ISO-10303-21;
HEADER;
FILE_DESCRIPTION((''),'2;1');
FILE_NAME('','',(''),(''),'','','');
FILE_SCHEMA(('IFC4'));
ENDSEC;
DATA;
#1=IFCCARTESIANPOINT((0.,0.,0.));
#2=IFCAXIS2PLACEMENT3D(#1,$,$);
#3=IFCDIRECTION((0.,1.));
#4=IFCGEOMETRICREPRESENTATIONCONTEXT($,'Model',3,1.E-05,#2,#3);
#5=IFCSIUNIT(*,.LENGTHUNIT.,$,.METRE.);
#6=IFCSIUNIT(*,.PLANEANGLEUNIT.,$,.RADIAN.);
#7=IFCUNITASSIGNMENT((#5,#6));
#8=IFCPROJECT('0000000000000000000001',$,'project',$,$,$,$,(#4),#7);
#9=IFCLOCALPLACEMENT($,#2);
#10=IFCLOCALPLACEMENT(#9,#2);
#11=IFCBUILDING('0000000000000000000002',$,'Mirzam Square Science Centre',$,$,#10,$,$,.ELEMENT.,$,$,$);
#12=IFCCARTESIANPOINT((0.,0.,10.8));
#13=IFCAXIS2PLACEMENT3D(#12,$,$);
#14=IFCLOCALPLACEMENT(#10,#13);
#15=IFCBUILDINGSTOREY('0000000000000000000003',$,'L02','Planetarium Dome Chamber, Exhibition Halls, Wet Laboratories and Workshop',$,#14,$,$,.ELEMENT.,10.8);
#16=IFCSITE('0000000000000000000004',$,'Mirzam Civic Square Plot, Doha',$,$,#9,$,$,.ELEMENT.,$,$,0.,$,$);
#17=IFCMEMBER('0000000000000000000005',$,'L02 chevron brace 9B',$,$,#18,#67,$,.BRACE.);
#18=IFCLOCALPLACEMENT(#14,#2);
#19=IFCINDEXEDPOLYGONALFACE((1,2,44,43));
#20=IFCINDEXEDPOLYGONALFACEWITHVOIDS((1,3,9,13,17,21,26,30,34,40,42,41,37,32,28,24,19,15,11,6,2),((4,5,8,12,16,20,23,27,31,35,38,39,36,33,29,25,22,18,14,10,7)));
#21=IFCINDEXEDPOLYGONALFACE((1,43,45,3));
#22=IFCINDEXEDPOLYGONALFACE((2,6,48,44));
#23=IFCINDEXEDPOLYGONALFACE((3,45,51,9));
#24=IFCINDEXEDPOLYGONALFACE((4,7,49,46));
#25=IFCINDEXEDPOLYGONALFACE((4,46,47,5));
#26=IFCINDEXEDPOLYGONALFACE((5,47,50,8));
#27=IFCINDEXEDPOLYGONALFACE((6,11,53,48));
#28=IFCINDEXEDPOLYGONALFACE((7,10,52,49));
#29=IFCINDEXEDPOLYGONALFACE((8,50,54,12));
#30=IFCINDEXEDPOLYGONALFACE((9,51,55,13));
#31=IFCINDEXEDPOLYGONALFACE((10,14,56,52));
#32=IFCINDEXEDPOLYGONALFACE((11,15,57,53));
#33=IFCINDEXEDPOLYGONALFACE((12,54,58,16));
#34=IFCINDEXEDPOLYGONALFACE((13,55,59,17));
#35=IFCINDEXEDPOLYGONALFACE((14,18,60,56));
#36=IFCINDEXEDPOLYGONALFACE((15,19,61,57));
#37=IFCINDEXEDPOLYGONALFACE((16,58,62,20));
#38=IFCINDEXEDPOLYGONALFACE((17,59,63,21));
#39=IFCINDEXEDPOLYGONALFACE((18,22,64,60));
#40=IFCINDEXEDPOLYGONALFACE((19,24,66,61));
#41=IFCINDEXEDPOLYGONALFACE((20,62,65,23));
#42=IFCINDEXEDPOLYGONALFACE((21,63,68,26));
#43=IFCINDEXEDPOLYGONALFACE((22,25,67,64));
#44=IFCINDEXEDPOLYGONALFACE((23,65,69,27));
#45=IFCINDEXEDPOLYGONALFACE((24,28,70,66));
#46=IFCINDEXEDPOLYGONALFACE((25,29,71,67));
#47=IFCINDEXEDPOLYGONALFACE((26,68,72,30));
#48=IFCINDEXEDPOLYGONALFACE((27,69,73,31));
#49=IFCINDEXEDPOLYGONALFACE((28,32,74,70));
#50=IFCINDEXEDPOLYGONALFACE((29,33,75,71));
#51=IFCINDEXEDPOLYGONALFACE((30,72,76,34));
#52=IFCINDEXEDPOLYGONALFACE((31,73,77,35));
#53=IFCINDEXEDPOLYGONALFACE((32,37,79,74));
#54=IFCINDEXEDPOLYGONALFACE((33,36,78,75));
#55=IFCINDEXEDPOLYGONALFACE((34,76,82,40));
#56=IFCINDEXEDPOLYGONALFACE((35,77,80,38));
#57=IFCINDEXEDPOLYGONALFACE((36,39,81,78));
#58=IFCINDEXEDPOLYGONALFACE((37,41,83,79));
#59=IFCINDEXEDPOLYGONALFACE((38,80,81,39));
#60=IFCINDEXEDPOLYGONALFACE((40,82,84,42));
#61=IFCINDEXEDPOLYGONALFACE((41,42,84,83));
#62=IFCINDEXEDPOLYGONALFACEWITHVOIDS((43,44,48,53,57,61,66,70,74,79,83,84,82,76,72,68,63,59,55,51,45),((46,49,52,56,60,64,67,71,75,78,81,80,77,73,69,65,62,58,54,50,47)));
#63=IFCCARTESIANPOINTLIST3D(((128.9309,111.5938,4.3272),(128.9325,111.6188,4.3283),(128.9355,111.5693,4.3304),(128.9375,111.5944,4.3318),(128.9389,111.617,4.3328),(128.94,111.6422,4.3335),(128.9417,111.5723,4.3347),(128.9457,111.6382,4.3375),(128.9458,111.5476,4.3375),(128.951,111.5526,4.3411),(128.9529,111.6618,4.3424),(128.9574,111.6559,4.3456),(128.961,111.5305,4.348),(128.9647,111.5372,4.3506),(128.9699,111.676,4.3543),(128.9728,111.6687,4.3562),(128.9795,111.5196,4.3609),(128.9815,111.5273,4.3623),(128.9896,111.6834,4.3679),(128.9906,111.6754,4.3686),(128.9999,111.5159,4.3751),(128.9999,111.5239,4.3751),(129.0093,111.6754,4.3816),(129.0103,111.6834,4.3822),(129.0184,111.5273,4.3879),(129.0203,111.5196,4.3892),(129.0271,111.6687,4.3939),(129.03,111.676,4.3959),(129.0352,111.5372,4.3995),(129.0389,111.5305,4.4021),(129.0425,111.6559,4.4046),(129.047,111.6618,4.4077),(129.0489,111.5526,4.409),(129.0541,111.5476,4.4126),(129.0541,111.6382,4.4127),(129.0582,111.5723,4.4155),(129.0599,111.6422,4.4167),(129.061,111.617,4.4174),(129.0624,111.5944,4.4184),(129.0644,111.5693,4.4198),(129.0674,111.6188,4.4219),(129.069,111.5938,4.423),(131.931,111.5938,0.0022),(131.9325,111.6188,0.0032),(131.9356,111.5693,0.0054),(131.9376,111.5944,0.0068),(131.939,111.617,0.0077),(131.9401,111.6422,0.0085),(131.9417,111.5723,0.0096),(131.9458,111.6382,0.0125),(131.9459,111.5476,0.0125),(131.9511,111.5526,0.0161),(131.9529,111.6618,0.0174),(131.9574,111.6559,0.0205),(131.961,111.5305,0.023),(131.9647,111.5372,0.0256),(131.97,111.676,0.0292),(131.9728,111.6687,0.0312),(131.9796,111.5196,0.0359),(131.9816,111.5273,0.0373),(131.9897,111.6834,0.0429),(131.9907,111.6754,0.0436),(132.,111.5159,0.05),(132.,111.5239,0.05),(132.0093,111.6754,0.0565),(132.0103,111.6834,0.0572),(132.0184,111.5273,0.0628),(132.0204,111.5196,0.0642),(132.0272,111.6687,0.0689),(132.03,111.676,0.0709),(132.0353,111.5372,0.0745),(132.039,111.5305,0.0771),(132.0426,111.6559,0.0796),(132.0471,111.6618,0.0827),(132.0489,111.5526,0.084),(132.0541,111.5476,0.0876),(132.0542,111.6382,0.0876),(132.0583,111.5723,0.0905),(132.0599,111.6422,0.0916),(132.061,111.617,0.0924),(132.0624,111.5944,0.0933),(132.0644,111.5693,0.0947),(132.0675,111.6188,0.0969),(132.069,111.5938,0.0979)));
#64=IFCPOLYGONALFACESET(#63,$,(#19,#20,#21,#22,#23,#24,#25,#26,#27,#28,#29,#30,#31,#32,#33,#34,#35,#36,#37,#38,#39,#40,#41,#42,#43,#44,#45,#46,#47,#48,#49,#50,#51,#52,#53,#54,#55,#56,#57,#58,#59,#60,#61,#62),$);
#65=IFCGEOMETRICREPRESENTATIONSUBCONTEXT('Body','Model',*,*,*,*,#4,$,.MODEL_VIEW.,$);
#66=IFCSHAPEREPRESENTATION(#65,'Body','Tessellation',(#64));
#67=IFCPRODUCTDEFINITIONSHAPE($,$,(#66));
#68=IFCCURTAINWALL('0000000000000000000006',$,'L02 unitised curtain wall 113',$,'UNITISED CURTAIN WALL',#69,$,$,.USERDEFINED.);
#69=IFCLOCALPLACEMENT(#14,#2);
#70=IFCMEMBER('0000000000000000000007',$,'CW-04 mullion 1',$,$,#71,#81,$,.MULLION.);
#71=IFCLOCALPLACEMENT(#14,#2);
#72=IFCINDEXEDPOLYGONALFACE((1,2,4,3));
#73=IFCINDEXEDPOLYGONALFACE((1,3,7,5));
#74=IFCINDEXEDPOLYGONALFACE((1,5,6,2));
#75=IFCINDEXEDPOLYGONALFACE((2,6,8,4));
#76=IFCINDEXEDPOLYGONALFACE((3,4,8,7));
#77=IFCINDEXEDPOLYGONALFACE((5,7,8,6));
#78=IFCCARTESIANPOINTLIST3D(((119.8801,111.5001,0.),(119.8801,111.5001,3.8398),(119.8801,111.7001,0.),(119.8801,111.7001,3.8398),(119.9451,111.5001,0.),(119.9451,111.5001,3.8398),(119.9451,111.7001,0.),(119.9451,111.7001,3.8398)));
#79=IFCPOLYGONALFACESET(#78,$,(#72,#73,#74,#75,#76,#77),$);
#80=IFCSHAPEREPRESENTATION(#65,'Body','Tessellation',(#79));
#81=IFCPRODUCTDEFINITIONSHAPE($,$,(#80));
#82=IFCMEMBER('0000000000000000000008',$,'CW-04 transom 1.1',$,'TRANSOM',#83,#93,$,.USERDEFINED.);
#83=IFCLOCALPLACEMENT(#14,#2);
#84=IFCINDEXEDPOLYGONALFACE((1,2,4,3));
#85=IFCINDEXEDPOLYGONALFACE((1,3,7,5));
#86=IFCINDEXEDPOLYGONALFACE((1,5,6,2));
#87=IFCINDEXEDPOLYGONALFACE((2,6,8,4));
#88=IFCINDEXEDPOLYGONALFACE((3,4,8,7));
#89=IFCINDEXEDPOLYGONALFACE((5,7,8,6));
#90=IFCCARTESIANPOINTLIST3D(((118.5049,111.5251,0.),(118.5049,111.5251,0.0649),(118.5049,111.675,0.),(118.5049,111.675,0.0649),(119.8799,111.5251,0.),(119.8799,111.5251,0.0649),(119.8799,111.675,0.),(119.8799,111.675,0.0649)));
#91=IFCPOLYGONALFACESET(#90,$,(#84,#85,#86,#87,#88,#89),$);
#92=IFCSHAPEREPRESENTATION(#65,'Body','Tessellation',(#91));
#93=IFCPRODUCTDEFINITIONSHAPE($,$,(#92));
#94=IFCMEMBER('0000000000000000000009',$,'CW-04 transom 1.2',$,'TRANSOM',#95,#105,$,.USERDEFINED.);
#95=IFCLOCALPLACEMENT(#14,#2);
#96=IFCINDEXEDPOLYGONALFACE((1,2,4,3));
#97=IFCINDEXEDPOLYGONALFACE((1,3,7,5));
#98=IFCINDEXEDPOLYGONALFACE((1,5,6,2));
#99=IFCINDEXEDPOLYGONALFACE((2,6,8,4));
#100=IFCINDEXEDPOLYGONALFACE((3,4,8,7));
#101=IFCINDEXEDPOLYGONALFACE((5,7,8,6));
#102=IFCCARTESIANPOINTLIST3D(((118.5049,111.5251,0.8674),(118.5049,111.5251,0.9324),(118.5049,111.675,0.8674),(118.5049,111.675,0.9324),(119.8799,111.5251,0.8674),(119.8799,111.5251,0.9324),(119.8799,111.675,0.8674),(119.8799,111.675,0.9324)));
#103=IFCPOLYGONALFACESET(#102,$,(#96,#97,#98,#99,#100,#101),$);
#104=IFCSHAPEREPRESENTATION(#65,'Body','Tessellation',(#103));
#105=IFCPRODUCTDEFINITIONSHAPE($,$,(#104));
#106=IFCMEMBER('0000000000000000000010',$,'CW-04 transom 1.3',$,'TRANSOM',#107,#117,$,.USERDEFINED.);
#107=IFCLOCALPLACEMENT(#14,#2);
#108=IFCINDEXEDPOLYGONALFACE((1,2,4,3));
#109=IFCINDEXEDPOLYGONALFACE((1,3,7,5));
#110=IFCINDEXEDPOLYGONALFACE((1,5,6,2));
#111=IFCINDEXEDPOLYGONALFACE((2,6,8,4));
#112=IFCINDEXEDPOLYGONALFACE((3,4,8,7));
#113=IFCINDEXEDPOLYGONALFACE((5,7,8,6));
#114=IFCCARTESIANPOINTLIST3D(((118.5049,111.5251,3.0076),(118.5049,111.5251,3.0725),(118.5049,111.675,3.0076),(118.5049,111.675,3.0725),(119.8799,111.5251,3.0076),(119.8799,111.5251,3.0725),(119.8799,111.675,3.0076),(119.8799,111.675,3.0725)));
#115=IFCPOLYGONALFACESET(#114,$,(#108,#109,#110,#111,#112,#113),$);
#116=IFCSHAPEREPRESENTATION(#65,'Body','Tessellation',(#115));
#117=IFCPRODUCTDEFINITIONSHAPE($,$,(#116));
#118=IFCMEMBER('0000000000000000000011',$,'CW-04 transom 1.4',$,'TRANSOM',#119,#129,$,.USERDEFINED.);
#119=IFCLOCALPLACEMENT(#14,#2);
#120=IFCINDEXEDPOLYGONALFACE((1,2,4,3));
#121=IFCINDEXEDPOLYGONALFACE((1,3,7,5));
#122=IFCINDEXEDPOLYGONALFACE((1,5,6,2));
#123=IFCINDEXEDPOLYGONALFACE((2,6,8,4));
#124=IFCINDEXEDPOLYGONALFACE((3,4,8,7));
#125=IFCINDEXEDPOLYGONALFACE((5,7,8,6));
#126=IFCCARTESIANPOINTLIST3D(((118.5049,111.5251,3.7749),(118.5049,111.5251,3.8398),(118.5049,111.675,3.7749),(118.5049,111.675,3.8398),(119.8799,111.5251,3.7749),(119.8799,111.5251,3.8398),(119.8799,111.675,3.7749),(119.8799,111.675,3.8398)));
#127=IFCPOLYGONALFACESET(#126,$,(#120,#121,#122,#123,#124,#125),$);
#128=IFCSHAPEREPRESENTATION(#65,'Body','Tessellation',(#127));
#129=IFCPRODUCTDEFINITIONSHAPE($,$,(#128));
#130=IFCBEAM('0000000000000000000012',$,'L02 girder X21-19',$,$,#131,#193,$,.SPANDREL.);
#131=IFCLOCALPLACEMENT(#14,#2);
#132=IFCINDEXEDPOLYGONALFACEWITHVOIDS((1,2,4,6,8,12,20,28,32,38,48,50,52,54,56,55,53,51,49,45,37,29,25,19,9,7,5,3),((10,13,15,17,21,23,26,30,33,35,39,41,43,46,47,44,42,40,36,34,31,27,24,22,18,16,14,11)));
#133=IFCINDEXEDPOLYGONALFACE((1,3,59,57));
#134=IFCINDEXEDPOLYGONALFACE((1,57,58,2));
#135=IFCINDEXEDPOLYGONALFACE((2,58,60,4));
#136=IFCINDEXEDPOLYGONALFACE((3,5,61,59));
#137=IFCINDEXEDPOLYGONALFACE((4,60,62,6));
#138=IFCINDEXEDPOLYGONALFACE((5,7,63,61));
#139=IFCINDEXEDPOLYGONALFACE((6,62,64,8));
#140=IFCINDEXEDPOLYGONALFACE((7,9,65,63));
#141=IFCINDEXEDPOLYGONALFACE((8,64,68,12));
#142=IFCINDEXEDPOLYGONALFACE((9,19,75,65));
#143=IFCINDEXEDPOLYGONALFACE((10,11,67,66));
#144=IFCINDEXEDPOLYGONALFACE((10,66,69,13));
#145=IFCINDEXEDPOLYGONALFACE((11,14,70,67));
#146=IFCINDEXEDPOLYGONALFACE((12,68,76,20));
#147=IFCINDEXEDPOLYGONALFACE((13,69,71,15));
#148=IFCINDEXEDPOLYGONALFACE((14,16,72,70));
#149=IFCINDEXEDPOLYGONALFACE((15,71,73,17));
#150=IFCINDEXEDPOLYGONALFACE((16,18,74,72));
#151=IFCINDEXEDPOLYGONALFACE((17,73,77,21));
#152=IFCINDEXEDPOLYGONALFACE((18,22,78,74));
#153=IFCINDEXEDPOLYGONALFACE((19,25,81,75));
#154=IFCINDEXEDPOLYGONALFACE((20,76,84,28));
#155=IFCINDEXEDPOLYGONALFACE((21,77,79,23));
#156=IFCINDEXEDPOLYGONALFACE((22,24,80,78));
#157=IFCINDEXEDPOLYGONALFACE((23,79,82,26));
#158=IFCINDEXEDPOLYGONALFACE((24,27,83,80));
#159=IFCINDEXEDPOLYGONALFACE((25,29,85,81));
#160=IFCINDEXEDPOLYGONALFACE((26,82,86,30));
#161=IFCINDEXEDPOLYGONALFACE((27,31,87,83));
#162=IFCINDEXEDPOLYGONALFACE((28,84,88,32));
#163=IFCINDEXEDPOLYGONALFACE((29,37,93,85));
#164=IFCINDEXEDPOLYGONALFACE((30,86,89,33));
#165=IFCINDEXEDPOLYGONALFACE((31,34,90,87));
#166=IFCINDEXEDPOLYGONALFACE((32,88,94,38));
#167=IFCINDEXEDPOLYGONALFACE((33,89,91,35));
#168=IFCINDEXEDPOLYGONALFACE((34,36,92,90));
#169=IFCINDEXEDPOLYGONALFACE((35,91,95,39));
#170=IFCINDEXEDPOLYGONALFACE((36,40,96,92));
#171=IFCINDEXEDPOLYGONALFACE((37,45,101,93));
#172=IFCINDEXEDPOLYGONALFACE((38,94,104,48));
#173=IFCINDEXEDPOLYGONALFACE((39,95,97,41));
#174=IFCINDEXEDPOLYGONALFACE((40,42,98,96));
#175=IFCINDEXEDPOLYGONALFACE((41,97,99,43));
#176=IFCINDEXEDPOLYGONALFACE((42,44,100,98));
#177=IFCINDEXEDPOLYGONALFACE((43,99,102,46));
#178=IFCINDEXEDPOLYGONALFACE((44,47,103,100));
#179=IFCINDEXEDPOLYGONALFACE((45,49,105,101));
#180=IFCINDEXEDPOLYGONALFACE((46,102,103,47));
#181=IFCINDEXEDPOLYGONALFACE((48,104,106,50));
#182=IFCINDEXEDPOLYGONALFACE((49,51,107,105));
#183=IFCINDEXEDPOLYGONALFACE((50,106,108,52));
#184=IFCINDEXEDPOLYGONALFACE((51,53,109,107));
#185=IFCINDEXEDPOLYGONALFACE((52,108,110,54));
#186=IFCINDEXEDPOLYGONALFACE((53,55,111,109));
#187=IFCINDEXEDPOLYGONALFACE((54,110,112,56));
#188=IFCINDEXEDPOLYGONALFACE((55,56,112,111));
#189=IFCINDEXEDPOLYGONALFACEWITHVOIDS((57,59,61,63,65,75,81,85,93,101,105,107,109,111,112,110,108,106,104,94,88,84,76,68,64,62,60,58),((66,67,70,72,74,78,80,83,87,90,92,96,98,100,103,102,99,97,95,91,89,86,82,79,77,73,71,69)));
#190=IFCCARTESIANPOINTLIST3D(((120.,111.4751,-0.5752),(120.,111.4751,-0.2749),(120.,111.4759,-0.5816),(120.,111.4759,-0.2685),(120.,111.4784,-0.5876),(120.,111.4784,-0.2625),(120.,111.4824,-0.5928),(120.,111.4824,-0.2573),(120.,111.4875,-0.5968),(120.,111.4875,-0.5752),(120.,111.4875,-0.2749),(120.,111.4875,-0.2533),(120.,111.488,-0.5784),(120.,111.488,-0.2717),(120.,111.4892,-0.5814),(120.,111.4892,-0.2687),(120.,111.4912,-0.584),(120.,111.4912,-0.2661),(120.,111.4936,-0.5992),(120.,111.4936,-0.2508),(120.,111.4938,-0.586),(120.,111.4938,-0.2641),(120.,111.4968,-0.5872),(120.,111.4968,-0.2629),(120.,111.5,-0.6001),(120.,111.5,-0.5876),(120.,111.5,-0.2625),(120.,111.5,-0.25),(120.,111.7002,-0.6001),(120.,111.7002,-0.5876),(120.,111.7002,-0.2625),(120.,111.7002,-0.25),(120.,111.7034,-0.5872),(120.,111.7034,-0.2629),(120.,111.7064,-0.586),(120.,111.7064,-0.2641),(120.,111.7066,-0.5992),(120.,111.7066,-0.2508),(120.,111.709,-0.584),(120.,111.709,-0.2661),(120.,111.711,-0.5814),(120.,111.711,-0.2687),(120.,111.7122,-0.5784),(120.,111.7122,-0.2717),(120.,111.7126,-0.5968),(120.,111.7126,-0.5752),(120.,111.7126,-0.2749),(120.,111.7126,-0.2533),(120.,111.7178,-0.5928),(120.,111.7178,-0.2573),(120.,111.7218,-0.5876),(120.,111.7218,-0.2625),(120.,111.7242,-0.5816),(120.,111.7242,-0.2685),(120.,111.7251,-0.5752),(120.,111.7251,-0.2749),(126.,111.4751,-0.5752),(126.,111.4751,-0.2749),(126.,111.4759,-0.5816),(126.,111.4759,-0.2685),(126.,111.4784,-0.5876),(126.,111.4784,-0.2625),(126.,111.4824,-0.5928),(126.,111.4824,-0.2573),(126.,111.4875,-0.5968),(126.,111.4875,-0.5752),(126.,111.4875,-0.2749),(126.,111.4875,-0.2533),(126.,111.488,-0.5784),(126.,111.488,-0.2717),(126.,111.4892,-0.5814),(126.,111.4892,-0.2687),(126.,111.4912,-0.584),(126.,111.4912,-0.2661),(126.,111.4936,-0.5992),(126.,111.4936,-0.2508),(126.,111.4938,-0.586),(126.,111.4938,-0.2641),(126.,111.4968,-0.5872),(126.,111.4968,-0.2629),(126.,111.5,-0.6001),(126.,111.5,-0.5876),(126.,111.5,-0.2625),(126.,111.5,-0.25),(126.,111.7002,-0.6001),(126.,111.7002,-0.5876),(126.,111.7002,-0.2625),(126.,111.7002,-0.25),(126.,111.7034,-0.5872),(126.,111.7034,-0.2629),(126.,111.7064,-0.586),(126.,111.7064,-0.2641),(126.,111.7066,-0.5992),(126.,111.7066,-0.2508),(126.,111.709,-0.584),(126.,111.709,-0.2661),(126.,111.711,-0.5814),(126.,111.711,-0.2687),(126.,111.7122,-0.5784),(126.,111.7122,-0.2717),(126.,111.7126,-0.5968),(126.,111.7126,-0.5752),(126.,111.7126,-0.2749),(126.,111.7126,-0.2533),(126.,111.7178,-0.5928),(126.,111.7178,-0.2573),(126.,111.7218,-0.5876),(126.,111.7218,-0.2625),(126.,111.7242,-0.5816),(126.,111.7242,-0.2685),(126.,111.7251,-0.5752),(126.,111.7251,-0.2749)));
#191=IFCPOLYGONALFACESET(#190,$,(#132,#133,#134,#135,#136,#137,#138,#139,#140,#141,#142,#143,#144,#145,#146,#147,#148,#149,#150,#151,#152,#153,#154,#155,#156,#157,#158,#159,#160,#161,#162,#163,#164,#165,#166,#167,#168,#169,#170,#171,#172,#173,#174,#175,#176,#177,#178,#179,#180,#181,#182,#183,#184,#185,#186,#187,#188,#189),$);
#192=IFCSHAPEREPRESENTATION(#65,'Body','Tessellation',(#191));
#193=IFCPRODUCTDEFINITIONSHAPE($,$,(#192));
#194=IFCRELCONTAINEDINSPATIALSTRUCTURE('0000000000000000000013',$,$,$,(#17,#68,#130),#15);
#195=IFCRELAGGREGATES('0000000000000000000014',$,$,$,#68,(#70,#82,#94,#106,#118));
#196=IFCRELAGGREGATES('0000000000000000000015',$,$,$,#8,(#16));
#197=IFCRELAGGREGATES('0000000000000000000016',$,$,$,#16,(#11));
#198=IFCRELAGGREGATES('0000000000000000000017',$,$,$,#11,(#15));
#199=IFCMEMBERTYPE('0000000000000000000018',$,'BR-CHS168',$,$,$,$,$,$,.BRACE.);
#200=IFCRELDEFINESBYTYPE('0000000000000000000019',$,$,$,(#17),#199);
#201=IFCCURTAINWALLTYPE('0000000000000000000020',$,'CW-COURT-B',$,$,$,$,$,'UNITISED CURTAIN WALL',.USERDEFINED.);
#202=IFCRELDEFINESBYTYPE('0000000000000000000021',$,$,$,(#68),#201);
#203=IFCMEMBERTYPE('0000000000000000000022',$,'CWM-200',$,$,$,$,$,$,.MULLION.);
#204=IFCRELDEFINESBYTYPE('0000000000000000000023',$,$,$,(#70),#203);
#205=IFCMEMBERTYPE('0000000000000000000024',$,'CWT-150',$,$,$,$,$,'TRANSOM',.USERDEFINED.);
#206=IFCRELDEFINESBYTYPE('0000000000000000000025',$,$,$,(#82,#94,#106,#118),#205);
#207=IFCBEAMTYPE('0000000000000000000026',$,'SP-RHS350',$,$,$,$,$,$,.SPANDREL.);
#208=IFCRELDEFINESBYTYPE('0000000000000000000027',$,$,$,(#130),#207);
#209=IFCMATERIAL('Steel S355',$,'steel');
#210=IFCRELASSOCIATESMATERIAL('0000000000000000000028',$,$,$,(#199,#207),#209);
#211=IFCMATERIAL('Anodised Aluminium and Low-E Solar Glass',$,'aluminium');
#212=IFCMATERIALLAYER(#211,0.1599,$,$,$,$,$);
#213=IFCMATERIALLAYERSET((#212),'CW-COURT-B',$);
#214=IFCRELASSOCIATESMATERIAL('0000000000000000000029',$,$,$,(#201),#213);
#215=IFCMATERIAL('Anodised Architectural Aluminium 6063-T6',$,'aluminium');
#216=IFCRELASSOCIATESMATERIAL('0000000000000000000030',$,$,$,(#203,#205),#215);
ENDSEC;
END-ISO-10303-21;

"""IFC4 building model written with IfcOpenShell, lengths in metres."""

from ifc_helpers import new_model, si_unit, direction, frame, origin, origin_2d, place, context, subcontext, project, spatial, rectangle, hollow_rectangle, hollow_circle, extrude, material, layer, layer_set, material_profile, profile_set, type_object, element, aggregate, save


model = new_model("IFC4")

# Units and contexts
model_context = context("Model", 3, precision=1e-05, world=origin(), true_north=direction((0.0, 1.0)))
body_context = subcontext(model_context, "Body", "Model", "MODEL_VIEW")
ifc_project = project(units=[si_unit("LENGTHUNIT", "METRE"), si_unit("PLANEANGLEUNIT", "RADIAN")], contexts=[model_context])

# Site, building, storey
site_placement = place(None, origin())
site = spatial("IfcSite", under=ifc_project, at=site_placement, Name="Mirzam Civic Square Plot, Doha", CompositionType="ELEMENT", RefElevation=0.0)
building_placement = place(site_placement, origin())
building = spatial("IfcBuilding", under=site, at=building_placement, Name="Mirzam Square Science Centre", CompositionType="ELEMENT")
storey_placement = place(building_placement, frame((0.0, 0.0, 10.8)))
storey = spatial("IfcBuildingStorey", under=building, at=storey_placement, Name="L02", Description="Planetarium Dome Chamber, Exhibition Halls, Wet Laboratories and Workshop", CompositionType="ELEMENT", Elevation=10.8)

# Shared definitions
ifc_material_1 = material(Name="Steel S355", Category="steel")

# Member
ifc_material_profile_1 = material_profile(ifc_material_1, hollow_circle(Radius=0.0842, WallThickness=0.0081, at=origin_2d()), Name="168.3x8.0CHS")
ifc_profile_set_1 = profile_set([ifc_material_profile_1], Name="Steel S355")
member_type_1 = type_object("IfcMemberType", Name="BR-CHS168", PredefinedType="BRACE", material=ifc_profile_set_1)
for number, where, z_axis, x_axis, name in (
    (1, (132.0, 111.6001, 0.05), (-0.569955, 0.0, 0.821676), (0.0, -1.0, 0.0), "L02 chevron brace 9B"),
):
    element("IfcMember", number, at=place(storey_placement, frame(where, z_axis=z_axis, x_axis=x_axis)), inside=storey, type_object=member_type_1, Name=name, PredefinedType="BRACE", context=body_context, shape_type="SweptSolid", body=[
        extrude(hollow_circle(Radius=0.0842, WallThickness=0.0081, at=origin_2d()), origin(), (0.0, 0.0, 1.0), 5.2637),
    ])

# Curtain wall, members
ifc_material_2 = material(Name="Anodised Aluminium and Low-E Solar Glass", Category="aluminium")
ifc_layer_1 = layer(ifc_material_2, 0.1599)
ifc_layer_set_1 = layer_set([ifc_layer_1], Name="CW-COURT-B")
curtain_wall_type = type_object("IfcCurtainWallType", Name="CW-COURT-B", ElementType="UNITISED CURTAIN WALL", PredefinedType="USERDEFINED", material=ifc_layer_set_1)
curtain_wall_placement = place(storey_placement, origin())
curtain_wall = element("IfcCurtainWall", 2, at=curtain_wall_placement, inside=storey, type_object=curtain_wall_type, Name="L02 unitised curtain wall 113", ObjectType="UNITISED CURTAIN WALL", PredefinedType="USERDEFINED")
ifc_material_3 = material(Name="Anodised Architectural Aluminium 6063-T6", Category="aluminium")
ifc_material_profile_2 = material_profile(ifc_material_3, rectangle(XDim=0.0649, YDim=0.2, at=origin_2d()), Name="ALU-MULL-200x65x5")
ifc_profile_set_2 = profile_set([ifc_material_profile_2], Name="Anodised Architectural Aluminium 6063-T6")
member_type_2 = type_object("IfcMemberType", Name="CWM-200", PredefinedType="MULLION", material=ifc_profile_set_2)
member_1_placement = place(storey_placement, frame((119.9126, 111.6001, 0.0), z_axis=(0.0, 0.0, 1.0), x_axis=(-1.0, 0.0, 0.0)))
member_1 = element("IfcMember", 3, at=member_1_placement, type_object=member_type_2, Name="CW-04 mullion 1", PredefinedType="MULLION", context=body_context, shape_type="SweptSolid", body=[
    extrude(rectangle(XDim=0.0649, YDim=0.2, at=origin_2d()), origin(), (0.0, 0.0, 1.0), 3.8398),
])
ifc_material_profile_3 = material_profile(ifc_material_3, rectangle(XDim=0.1499, YDim=0.0649, at=origin_2d()), Name="ALU-TRAN-150x65x4")
ifc_profile_set_3 = profile_set([ifc_material_profile_3], Name="Anodised Architectural Aluminium 6063-T6")
member_type_3 = type_object("IfcMemberType", Name="CWT-150", ElementType="TRANSOM", PredefinedType="USERDEFINED", material=ifc_profile_set_3)
member_2_placement = place(storey_placement, frame((119.8799, 111.6001, 0.0325), z_axis=(-1.0, 0.0, 0.0), x_axis=(0.0, -1.0, 0.0)))
member_2 = element("IfcMember", 4, at=member_2_placement, type_object=member_type_3, Name="CW-04 transom 1.1", ObjectType="TRANSOM", PredefinedType="USERDEFINED", context=body_context, shape_type="SweptSolid", body=[
    extrude(rectangle(XDim=0.1499, YDim=0.0649, at=origin_2d()), origin(), (0.0, 0.0, 1.0), 1.375),
])
member_3_placement = place(storey_placement, frame((119.8799, 111.6001, 0.8999), z_axis=(-1.0, 0.0, 0.0), x_axis=(0.0, -1.0, 0.0)))
member_3 = element("IfcMember", 5, at=member_3_placement, type_object=member_type_3, Name="CW-04 transom 1.2", ObjectType="TRANSOM", PredefinedType="USERDEFINED", context=body_context, shape_type="SweptSolid", body=[
    extrude(rectangle(XDim=0.1499, YDim=0.0649, at=origin_2d()), origin(), (0.0, 0.0, 1.0), 1.375),
])
member_4_placement = place(storey_placement, frame((119.8799, 111.6001, 3.04), z_axis=(-1.0, 0.0, 0.0), x_axis=(0.0, -1.0, 0.0)))
member_4 = element("IfcMember", 6, at=member_4_placement, type_object=member_type_3, Name="CW-04 transom 1.3", ObjectType="TRANSOM", PredefinedType="USERDEFINED", context=body_context, shape_type="SweptSolid", body=[
    extrude(rectangle(XDim=0.1499, YDim=0.0649, at=origin_2d()), origin(), (0.0, 0.0, 1.0), 1.375),
])
member_5_placement = place(storey_placement, frame((119.8799, 111.6001, 3.8074), z_axis=(-1.0, 0.0, 0.0), x_axis=(0.0, -1.0, 0.0)))
member_5 = element("IfcMember", 7, at=member_5_placement, type_object=member_type_3, Name="CW-04 transom 1.4", ObjectType="TRANSOM", PredefinedType="USERDEFINED", context=body_context, shape_type="SweptSolid", body=[
    extrude(rectangle(XDim=0.1499, YDim=0.0649, at=origin_2d()), origin(), (0.0, 0.0, 1.0), 1.375),
])
aggregate(curtain_wall, [member_1, member_2, member_3, member_4, member_5])

# Beam
ifc_material_profile_4 = material_profile(ifc_material_1, hollow_rectangle(XDim=0.25, YDim=0.3501, WallThickness=0.0125, InnerFilletRadius=0.0125, OuterFilletRadius=0.0249, at=origin_2d()), Name="350x250x12.5RHS")
ifc_profile_set_4 = profile_set([ifc_material_profile_4], Name="Steel S355")
beam_type_1 = type_object("IfcBeamType", Name="SP-RHS350", PredefinedType="SPANDREL", material=ifc_profile_set_4)
for number, where, z_axis, x_axis, name in (
    (8, (120.0, 111.6001, -0.425), (1.0, 0.0, 0.0), (0.0, 1.0, 0.0), "L02 girder X21-19"),
):
    element("IfcBeam", number, at=place(storey_placement, frame(where, z_axis=z_axis, x_axis=x_axis)), inside=storey, type_object=beam_type_1, Name=name, PredefinedType="SPANDREL", context=body_context, shape_type="SweptSolid", body=[
        extrude(hollow_rectangle(XDim=0.25, YDim=0.3501, WallThickness=0.0125, InnerFilletRadius=0.0125, OuterFilletRadius=0.0249, at=origin_2d()), origin(), (0.0, 0.0, 1.0), 6.0),
    ])

save(model, "model.ifc")
